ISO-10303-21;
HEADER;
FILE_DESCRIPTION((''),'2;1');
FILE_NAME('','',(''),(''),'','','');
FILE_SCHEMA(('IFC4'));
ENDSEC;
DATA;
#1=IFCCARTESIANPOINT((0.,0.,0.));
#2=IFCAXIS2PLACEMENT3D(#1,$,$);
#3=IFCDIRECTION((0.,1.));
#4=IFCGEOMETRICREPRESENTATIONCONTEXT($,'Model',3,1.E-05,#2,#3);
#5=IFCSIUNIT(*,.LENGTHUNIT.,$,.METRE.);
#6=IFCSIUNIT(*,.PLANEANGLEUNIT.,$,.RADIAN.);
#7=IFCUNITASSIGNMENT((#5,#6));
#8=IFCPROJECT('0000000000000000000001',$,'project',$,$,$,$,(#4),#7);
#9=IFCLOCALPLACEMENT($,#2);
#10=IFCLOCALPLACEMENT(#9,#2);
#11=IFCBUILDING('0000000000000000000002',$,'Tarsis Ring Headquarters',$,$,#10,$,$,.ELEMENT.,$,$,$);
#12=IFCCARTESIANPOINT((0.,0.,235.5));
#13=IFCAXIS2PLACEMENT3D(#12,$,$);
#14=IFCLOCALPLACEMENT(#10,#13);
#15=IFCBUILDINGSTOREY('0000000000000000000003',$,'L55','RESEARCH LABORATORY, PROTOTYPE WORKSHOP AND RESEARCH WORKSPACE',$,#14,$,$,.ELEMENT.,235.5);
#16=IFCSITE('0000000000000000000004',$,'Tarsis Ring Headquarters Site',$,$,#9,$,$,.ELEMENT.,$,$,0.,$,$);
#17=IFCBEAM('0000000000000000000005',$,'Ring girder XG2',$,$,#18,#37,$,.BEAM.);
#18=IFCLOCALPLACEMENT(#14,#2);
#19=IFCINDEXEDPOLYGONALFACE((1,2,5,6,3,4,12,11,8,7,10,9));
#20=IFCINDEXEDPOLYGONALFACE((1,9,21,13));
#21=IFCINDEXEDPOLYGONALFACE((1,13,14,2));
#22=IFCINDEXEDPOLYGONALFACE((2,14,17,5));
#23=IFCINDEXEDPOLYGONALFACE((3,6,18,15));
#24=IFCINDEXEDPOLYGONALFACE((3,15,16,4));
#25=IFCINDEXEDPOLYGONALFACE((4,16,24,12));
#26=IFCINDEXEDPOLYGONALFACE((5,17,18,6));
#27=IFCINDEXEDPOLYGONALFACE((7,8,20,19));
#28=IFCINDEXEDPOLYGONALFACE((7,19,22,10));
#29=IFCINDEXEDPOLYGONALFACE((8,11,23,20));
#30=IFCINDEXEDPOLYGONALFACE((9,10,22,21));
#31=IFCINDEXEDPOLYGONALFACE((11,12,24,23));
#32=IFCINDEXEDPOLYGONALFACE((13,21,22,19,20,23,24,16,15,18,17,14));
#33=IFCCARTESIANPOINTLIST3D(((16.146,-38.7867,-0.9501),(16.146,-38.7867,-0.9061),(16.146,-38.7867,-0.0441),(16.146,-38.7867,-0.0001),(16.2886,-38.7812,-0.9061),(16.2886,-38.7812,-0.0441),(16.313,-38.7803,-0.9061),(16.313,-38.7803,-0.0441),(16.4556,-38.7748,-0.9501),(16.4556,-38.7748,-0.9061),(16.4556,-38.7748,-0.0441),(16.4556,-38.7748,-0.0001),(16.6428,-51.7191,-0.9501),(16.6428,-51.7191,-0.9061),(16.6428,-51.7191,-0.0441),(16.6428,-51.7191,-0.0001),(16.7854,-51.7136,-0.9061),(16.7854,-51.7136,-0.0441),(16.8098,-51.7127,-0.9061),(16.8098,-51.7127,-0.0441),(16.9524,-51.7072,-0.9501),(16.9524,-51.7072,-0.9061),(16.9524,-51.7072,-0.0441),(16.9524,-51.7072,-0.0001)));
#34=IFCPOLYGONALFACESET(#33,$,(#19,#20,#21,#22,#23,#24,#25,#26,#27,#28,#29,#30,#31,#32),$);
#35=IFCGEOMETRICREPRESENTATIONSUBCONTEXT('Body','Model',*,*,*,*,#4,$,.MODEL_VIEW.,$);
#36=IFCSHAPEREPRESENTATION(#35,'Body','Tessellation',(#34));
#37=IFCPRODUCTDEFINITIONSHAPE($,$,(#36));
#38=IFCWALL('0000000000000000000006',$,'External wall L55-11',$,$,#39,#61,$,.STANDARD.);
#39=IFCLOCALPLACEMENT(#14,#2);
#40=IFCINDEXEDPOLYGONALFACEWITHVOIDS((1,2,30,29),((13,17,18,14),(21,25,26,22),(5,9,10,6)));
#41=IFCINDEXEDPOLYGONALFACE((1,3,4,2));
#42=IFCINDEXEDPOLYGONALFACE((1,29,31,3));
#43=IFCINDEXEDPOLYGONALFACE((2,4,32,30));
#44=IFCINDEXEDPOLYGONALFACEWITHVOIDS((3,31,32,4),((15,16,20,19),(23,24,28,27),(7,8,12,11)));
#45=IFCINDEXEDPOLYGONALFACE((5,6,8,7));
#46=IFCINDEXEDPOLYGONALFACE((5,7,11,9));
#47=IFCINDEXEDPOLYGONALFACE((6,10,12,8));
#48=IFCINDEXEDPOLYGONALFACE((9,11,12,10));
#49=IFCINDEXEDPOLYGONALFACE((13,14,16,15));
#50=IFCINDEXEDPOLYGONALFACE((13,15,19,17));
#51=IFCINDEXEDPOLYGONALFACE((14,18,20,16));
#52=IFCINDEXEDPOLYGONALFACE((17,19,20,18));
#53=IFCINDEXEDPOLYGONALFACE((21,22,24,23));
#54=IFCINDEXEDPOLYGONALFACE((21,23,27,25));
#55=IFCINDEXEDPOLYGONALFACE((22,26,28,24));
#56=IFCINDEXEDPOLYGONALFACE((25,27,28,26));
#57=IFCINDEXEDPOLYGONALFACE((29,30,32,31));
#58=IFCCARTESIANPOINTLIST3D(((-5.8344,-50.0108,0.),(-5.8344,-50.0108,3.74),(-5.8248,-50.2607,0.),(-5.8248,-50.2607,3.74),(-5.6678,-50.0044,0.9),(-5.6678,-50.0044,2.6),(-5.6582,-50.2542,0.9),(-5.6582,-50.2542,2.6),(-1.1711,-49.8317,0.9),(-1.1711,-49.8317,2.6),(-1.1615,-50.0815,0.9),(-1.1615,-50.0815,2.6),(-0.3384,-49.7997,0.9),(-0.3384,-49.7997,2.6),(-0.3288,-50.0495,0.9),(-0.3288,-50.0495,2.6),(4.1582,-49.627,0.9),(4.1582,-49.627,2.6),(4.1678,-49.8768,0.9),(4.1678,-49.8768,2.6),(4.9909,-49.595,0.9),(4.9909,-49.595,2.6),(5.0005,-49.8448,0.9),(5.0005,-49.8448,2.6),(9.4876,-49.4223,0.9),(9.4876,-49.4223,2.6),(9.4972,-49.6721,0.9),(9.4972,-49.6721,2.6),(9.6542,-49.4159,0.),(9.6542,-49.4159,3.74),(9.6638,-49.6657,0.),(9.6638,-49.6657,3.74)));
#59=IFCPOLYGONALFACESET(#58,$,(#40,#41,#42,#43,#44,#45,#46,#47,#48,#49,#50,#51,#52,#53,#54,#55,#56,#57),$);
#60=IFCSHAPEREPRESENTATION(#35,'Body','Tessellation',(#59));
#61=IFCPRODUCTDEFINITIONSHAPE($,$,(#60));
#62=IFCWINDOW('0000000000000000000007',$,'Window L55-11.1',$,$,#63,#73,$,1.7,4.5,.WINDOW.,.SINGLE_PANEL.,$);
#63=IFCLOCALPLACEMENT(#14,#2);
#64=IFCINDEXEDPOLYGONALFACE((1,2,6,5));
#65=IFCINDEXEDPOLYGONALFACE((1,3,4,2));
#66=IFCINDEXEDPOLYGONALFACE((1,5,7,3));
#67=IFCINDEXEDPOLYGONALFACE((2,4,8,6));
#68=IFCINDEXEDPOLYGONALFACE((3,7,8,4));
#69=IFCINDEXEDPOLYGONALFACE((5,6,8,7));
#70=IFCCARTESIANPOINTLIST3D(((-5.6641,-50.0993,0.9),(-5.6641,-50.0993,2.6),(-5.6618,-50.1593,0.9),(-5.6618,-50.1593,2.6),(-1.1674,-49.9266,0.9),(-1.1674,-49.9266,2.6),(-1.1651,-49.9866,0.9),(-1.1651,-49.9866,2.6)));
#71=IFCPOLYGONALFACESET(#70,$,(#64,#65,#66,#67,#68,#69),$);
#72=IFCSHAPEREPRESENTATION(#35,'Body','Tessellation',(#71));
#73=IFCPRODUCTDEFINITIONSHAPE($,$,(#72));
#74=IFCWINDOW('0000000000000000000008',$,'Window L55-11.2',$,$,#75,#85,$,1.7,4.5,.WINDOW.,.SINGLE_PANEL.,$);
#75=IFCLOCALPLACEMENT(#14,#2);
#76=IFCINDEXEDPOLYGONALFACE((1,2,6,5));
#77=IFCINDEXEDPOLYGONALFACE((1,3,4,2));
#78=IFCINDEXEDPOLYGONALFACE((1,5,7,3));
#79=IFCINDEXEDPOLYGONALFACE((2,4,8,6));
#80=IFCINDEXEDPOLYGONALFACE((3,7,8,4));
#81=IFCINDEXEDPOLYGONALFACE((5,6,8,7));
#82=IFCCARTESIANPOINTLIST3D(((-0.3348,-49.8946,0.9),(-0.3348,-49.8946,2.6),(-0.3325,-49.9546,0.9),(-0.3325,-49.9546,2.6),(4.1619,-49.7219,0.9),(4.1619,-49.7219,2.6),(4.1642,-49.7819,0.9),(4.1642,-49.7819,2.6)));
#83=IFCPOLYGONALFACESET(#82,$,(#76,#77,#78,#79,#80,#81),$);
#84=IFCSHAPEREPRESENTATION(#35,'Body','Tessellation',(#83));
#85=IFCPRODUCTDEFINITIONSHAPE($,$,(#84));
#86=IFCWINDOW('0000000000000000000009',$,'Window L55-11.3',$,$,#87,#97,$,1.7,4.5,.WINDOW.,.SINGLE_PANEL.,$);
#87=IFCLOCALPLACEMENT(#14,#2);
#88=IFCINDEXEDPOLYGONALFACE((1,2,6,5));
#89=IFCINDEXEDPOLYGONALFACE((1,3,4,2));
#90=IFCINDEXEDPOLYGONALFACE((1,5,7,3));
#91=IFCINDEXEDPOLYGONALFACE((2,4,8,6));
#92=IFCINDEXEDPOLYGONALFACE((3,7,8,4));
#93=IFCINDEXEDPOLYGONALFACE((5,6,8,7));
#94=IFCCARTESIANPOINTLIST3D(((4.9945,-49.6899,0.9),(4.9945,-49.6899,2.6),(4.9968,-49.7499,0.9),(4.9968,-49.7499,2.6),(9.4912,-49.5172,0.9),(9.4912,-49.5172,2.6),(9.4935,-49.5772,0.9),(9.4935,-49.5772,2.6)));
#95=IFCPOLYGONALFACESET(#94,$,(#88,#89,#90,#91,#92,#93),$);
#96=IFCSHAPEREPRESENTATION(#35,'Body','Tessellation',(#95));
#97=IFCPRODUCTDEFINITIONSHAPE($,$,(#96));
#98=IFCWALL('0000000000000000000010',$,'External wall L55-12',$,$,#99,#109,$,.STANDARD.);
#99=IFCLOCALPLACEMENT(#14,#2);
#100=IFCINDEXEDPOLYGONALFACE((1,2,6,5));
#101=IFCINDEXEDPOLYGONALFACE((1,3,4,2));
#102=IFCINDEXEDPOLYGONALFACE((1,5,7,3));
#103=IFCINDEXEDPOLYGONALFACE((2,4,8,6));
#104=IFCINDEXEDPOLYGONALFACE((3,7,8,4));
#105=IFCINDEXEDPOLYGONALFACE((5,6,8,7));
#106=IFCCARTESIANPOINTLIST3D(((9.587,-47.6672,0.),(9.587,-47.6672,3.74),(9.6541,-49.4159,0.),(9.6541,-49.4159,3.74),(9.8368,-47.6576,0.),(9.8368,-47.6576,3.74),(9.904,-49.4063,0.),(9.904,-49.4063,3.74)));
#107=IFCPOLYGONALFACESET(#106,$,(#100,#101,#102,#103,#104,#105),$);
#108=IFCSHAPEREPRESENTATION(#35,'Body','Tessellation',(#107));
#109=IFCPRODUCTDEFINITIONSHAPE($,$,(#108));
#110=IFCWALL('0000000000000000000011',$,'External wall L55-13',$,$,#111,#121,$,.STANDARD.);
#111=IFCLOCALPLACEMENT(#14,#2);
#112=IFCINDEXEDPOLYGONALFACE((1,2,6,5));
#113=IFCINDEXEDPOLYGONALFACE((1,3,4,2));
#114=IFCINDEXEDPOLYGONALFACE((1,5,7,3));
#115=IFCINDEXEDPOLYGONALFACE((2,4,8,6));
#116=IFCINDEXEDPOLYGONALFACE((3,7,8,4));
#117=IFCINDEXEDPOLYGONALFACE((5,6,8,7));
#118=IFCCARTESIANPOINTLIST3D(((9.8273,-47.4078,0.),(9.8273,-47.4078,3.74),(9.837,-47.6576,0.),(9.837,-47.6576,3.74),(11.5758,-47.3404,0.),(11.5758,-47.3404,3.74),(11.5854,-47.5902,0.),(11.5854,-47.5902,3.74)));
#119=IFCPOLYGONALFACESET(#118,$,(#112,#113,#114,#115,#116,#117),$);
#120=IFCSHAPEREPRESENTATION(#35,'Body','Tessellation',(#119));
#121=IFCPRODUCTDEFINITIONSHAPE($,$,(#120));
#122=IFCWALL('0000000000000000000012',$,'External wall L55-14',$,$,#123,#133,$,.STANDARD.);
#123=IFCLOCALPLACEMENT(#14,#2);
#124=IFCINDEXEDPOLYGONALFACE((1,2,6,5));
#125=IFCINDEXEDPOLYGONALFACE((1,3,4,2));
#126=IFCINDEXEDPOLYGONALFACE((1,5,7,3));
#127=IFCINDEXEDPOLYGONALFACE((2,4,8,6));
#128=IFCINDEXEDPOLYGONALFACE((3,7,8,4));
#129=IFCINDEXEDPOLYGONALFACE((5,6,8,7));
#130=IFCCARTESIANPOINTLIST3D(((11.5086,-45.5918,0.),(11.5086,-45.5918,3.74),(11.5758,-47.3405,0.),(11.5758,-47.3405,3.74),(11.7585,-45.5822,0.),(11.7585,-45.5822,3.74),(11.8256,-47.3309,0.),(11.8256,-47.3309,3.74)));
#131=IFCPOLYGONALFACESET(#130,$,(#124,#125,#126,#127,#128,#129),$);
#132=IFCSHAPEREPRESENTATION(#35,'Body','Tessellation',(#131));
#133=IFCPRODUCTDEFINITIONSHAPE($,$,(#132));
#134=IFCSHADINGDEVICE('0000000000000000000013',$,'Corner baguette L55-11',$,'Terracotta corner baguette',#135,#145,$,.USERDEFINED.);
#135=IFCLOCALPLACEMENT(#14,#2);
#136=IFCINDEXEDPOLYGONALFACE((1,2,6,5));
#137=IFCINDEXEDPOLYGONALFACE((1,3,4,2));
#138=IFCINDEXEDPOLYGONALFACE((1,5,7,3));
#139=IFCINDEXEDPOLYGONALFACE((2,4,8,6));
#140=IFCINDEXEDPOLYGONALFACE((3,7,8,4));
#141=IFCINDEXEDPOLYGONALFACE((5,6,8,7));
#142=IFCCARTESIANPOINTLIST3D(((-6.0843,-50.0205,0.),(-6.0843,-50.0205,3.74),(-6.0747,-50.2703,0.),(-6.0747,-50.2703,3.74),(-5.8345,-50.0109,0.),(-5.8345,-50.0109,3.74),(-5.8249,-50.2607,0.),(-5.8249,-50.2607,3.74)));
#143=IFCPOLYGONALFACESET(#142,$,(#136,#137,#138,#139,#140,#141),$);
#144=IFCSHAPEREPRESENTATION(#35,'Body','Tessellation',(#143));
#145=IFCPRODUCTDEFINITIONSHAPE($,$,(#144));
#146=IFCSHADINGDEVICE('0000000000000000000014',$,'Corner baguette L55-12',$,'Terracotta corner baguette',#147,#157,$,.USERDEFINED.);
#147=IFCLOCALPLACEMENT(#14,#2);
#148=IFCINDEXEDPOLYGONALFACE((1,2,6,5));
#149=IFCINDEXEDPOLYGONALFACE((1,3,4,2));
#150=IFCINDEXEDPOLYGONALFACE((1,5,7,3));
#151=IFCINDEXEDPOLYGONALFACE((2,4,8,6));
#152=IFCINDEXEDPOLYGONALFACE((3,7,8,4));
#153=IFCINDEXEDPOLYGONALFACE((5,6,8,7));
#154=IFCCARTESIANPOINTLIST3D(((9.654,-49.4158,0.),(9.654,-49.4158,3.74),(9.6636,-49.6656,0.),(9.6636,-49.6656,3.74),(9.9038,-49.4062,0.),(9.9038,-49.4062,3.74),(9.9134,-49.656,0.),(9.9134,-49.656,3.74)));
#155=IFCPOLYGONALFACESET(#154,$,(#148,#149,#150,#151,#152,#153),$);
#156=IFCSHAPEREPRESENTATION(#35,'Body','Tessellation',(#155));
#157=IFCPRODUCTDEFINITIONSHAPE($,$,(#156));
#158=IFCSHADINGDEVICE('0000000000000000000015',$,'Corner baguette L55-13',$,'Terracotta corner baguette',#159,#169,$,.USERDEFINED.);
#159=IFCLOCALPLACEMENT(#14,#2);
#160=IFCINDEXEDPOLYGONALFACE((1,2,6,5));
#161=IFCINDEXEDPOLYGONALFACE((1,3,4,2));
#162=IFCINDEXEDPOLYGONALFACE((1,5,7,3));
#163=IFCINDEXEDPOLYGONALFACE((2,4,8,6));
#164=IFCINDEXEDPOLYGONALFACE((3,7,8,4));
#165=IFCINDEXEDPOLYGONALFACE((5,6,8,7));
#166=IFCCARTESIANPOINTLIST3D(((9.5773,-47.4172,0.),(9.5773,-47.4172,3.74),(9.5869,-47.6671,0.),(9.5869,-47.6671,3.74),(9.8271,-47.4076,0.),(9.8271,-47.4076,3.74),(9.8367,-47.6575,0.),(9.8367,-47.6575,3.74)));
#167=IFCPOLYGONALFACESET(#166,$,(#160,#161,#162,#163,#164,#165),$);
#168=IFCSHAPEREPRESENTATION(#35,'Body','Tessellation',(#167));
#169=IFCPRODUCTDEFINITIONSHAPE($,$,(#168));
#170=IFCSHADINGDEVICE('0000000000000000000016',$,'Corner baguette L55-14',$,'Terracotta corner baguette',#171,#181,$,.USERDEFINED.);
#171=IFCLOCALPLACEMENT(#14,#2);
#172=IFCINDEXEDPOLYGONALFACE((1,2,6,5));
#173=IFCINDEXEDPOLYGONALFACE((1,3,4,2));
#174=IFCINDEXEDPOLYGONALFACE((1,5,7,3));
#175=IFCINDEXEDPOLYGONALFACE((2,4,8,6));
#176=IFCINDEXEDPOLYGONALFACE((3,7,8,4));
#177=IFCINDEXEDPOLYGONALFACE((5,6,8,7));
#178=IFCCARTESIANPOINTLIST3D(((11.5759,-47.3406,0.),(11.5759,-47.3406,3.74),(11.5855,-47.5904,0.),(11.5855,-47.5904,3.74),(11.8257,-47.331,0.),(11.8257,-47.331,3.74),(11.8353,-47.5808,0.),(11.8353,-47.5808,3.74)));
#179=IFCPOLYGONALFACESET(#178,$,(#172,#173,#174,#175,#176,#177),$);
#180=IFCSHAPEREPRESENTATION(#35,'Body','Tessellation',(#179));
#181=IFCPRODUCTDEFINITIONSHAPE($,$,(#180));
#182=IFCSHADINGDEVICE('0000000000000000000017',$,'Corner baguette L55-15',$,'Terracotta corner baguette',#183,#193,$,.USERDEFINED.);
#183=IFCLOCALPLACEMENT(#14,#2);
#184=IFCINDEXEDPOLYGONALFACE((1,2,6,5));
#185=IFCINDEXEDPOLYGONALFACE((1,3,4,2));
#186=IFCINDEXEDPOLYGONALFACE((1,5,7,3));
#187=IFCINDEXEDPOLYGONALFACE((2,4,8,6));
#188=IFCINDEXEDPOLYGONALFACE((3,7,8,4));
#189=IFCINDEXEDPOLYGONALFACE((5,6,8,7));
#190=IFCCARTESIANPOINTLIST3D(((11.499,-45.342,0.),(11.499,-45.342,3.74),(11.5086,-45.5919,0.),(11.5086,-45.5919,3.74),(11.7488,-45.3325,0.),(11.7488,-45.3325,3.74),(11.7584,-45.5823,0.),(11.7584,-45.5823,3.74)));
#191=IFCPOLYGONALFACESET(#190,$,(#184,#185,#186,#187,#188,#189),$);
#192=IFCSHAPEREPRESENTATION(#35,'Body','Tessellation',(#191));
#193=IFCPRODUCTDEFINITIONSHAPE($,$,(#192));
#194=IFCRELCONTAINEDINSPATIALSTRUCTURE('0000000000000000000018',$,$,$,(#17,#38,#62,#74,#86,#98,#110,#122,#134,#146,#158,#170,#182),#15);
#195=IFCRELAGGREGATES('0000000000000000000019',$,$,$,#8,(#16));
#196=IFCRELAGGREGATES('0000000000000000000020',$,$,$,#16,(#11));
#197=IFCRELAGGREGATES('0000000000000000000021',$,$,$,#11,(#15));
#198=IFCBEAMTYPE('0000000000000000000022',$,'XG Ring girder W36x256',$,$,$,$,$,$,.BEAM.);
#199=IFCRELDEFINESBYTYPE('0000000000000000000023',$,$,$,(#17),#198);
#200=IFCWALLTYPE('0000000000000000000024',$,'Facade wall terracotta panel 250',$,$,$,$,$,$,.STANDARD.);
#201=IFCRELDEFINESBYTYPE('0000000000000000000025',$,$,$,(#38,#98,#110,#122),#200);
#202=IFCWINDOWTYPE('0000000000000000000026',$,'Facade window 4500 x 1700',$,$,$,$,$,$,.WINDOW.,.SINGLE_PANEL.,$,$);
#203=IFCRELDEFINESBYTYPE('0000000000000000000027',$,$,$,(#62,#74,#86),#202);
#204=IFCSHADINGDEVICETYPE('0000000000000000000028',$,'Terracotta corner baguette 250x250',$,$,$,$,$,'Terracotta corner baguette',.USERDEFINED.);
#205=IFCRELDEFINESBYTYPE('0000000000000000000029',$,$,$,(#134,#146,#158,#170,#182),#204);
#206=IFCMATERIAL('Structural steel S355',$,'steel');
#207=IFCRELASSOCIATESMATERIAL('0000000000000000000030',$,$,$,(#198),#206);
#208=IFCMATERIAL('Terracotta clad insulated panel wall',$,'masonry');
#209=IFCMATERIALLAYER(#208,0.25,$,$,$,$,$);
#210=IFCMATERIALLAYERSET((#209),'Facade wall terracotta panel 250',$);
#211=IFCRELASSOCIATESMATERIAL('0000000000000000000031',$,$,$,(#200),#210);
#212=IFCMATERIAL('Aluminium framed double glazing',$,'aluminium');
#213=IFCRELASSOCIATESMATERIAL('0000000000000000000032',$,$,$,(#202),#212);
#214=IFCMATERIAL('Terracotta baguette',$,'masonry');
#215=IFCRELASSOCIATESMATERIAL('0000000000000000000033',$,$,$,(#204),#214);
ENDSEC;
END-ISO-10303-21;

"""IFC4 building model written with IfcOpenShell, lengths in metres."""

from ifc_helpers import new_model, si_unit, direction, frame, frame_2d, origin, origin_2d, place, context, subcontext, project, spatial, rectangle, i_section, extrude, material, layer, layer_set, material_profile, profile_set, type_object, element, fill, save


model = new_model("IFC4")

# Units and contexts
model_context = context("Model", 3, precision=1e-05, world=origin(), true_north=direction((0.0, 1.0)))
body_context = subcontext(model_context, "Body", "Model", "MODEL_VIEW")
ifc_project = project(units=[si_unit("LENGTHUNIT", "METRE"), si_unit("PLANEANGLEUNIT", "RADIAN")], contexts=[model_context])

# Site, building, storey
site_placement = place(None, origin())
site = spatial("IfcSite", under=ifc_project, at=site_placement, Name="Tarsis Ring Headquarters Site", CompositionType="ELEMENT", RefElevation=0.0)
building_placement = place(site_placement, origin())
building = spatial("IfcBuilding", under=site, at=building_placement, Name="Tarsis Ring Headquarters", CompositionType="ELEMENT")
storey_placement = place(building_placement, frame((0.0, 0.0, 235.5)))
storey = spatial("IfcBuildingStorey", under=building, at=storey_placement, Name="L55", Description="RESEARCH LABORATORY, PROTOTYPE WORKSHOP AND RESEARCH WORKSPACE", CompositionType="ELEMENT", Elevation=235.5)

# Shared definitions
ifc_material_1 = material(Name="Structural steel S355", Category="steel")

# Beam
ifc_material_profile_1 = material_profile(ifc_material_1, i_section(OverallWidth=0.3098, OverallDepth=0.95, WebThickness=0.0244, FlangeThickness=0.0439, at=origin_2d()), Name="W36x256")
ifc_profile_set_1 = profile_set([ifc_material_profile_1], Name="Structural steel S355")
beam_type = type_object("IfcBeamType", Name="XG Ring girder W36x256", PredefinedType="BEAM", material=ifc_profile_set_1)
beam_1_placement = place(storey_placement, frame((16.7976, -51.7131, -0.4751), z_axis=(-0.038389, 0.999263, 0.0), x_axis=(-0.999263, -0.038389, 0.0)))
element("IfcBeam", 1, at=beam_1_placement, inside=storey, type_object=beam_type, Name="Ring girder XG2", PredefinedType="BEAM", context=body_context, shape_type="SweptSolid", body=[
    extrude(i_section(OverallWidth=0.3098, OverallDepth=0.95, WebThickness=0.0244, FlangeThickness=0.0439, at=origin_2d()), origin(), (0.0, 0.0, 1.0), 12.9419),
])

# Wall, openings, windows
ifc_material_2 = material(Name="Terracotta clad insulated panel wall", Category="masonry")
ifc_layer = layer(ifc_material_2, 0.25)
ifc_layer_set = layer_set([ifc_layer], Name="Facade wall terracotta panel 250")
wall_type = type_object("IfcWallType", Name="Facade wall terracotta panel 250", PredefinedType="STANDARD", material=ifc_layer_set)
wall_1_placement = place(storey_placement, frame((-5.8296, -50.1357, 0.0), z_axis=(0.0, 0.0, 1.0), x_axis=(0.999263, 0.038385, 0.0)))
wall_1 = element("IfcWall", 2, at=wall_1_placement, inside=storey, type_object=wall_type, Name="External wall L55-11", PredefinedType="STANDARD", context=body_context, shape_type="SweptSolid", body=[
    extrude(rectangle(XDim=15.5, YDim=0.25, at=frame_2d((7.75, 0.0))), origin(), (0.0, 0.0, 1.0), 3.74),
])
opening_1_placement = place(wall_1_placement, frame((0.1667, 0.0, 0.8999)))
opening_1 = element("IfcOpeningElement", 3, at=opening_1_placement, cuts=wall_1, PredefinedType="OPENING", context=body_context, shape_type="SweptSolid", body=[
    extrude(rectangle(XDim=4.5, YDim=1.7, at=frame_2d((2.25, 0.8501))), frame((0.0, 0.135, 0.0), z_axis=(0.0, -1.0, 0.0), x_axis=(1.0, 0.0, 0.0)), (0.0, 0.0, 1.0), 0.27),
])
opening_2_placement = place(wall_1_placement, frame((5.5, 0.0, 0.8999)))
opening_2 = element("IfcOpeningElement", 4, at=opening_2_placement, cuts=wall_1, PredefinedType="OPENING", context=body_context, shape_type="SweptSolid", body=[
    extrude(rectangle(XDim=4.5, YDim=1.7, at=frame_2d((2.25, 0.8501))), frame((0.0, 0.135, 0.0), z_axis=(0.0, -1.0, 0.0), x_axis=(1.0, 0.0, 0.0)), (0.0, 0.0, 1.0), 0.27),
])
opening_3_placement = place(wall_1_placement, frame((10.8333, 0.0, 0.8999)))
opening_3 = element("IfcOpeningElement", 5, at=opening_3_placement, cuts=wall_1, PredefinedType="OPENING", context=body_context, shape_type="SweptSolid", body=[
    extrude(rectangle(XDim=4.5, YDim=1.7, at=frame_2d((2.25, 0.8501))), frame((0.0, 0.135, 0.0), z_axis=(0.0, -1.0, 0.0), x_axis=(1.0, 0.0, 0.0)), (0.0, 0.0, 1.0), 0.27),
])
ifc_material_3 = material(Name="Aluminium framed double glazing", Category="aluminium")
window_type = type_object("IfcWindowType", Name="Facade window 4500 x 1700", PartitioningType="SINGLE_PANEL", PredefinedType="WINDOW", material=ifc_material_3)
window_1_placement = place(opening_1_placement, origin())
window_1 = element("IfcWindow", 6, at=window_1_placement, inside=storey, type_object=window_type, Name="Window L55-11.1", OverallHeight=1.7, OverallWidth=4.5, PartitioningType="SINGLE_PANEL", PredefinedType="WINDOW", context=body_context, shape_type="SweptSolid", body=[
    extrude(rectangle(XDim=4.5, YDim=1.7, at=frame_2d((2.25, 0.8501))), frame((0.0, 0.03, 0.0), z_axis=(0.0, -1.0, 0.0), x_axis=(1.0, 0.0, 0.0)), (0.0, 0.0, 1.0), 0.0601),
])
fill(opening_1, window_1)
window_2_placement = place(opening_2_placement, origin())
window_2 = element("IfcWindow", 7, at=window_2_placement, inside=storey, type_object=window_type, Name="Window L55-11.2", OverallHeight=1.7, OverallWidth=4.5, PartitioningType="SINGLE_PANEL", PredefinedType="WINDOW", context=body_context, shape_type="SweptSolid", body=[
    extrude(rectangle(XDim=4.5, YDim=1.7, at=frame_2d((2.25, 0.8501))), frame((0.0, 0.03, 0.0), z_axis=(0.0, -1.0, 0.0), x_axis=(1.0, 0.0, 0.0)), (0.0, 0.0, 1.0), 0.0601),
])
fill(opening_2, window_2)
window_3_placement = place(opening_3_placement, origin())
window_3 = element("IfcWindow", 8, at=window_3_placement, inside=storey, type_object=window_type, Name="Window L55-11.3", OverallHeight=1.7, OverallWidth=4.5, PartitioningType="SINGLE_PANEL", PredefinedType="WINDOW", context=body_context, shape_type="SweptSolid", body=[
    extrude(rectangle(XDim=4.5, YDim=1.7, at=frame_2d((2.25, 0.8501))), frame((0.0, 0.03, 0.0), z_axis=(0.0, -1.0, 0.0), x_axis=(1.0, 0.0, 0.0)), (0.0, 0.0, 1.0), 0.0601),
])
fill(opening_3, window_3)

# Walls
wall_2_placement = place(storey_placement, frame((9.7791, -49.4111, 0.0), z_axis=(0.0, 0.0, 1.0), x_axis=(-0.038363, 0.999264, 0.0)))
element("IfcWall", 9, at=wall_2_placement, inside=storey, type_object=wall_type, Name="External wall L55-12", PredefinedType="STANDARD", context=body_context, shape_type="SweptSolid", body=[
    extrude(rectangle(XDim=1.75, YDim=0.25, at=frame_2d((0.875, 0.0))), origin(), (0.0, 0.0, 1.0), 3.74),
])
wall_3_placement = place(storey_placement, frame((9.832, -47.5327, 0.0), z_axis=(0.0, 0.0, 1.0), x_axis=(0.999258, 0.038508, 0.0)))
element("IfcWall", 10, at=wall_3_placement, inside=storey, type_object=wall_type, Name="External wall L55-13", PredefinedType="STANDARD", context=body_context, shape_type="SweptSolid", body=[
    extrude(rectangle(XDim=1.7498, YDim=0.25, at=frame_2d((0.875, 0.0))), origin(), (0.0, 0.0, 1.0), 3.74),
])
wall_4_placement = place(storey_placement, frame((11.7007, -47.3357, 0.0), z_axis=(0.0, 0.0, 1.0), x_axis=(-0.038363, 0.999264, 0.0)))
element("IfcWall", 11, at=wall_4_placement, inside=storey, type_object=wall_type, Name="External wall L55-14", PredefinedType="STANDARD", context=body_context, shape_type="SweptSolid", body=[
    extrude(rectangle(XDim=1.75, YDim=0.25, at=frame_2d((0.875, 0.0))), origin(), (0.0, 0.0, 1.0), 3.74),
])

# Shading devices
ifc_material_4 = material(Name="Terracotta baguette", Category="masonry")
shading_device_type_1 = type_object("IfcShadingDeviceType", Name="Terracotta corner baguette 250x250", ElementType="Terracotta corner baguette", PredefinedType="USERDEFINED", material=ifc_material_4)
for number, where, z_axis, x_axis, name in (
    (12, (-5.9546, -50.1406, 0.0), (0.0, 0.0, 1.0), (0.038388, -0.999263, 0.0), "Corner baguette L55-11"),
    (13, (9.7837, -49.5359, 0.0), (0.0, 0.0, 1.0), (0.999263, 0.038388, 0.0), "Corner baguette L55-12"),
    (14, (9.707, -47.5374, 0.0), (0.0, 0.0, 1.0), (-0.038388, 0.999263, 0.0), "Corner baguette L55-13"),
    (15, (11.7056, -47.4607, 0.0), (0.0, 0.0, 1.0), (0.999263, 0.038388, 0.0), "Corner baguette L55-14"),
    (16, (11.6287, -45.4622, 0.0), (0.0, 0.0, 1.0), (-0.038388, 0.999263, 0.0), "Corner baguette L55-15"),
):
    element("IfcShadingDevice", number, at=place(storey_placement, frame(where, z_axis=z_axis, x_axis=x_axis)), inside=storey, type_object=shading_device_type_1, Name=name, ObjectType="Terracotta corner baguette", PredefinedType="USERDEFINED", context=body_context, shape_type="SweptSolid", body=[
        extrude(rectangle(XDim=0.25, YDim=0.25, at=origin_2d()), origin(), (0.0, 0.0, 1.0), 3.74),
    ])

save(model, "model.ifc")
